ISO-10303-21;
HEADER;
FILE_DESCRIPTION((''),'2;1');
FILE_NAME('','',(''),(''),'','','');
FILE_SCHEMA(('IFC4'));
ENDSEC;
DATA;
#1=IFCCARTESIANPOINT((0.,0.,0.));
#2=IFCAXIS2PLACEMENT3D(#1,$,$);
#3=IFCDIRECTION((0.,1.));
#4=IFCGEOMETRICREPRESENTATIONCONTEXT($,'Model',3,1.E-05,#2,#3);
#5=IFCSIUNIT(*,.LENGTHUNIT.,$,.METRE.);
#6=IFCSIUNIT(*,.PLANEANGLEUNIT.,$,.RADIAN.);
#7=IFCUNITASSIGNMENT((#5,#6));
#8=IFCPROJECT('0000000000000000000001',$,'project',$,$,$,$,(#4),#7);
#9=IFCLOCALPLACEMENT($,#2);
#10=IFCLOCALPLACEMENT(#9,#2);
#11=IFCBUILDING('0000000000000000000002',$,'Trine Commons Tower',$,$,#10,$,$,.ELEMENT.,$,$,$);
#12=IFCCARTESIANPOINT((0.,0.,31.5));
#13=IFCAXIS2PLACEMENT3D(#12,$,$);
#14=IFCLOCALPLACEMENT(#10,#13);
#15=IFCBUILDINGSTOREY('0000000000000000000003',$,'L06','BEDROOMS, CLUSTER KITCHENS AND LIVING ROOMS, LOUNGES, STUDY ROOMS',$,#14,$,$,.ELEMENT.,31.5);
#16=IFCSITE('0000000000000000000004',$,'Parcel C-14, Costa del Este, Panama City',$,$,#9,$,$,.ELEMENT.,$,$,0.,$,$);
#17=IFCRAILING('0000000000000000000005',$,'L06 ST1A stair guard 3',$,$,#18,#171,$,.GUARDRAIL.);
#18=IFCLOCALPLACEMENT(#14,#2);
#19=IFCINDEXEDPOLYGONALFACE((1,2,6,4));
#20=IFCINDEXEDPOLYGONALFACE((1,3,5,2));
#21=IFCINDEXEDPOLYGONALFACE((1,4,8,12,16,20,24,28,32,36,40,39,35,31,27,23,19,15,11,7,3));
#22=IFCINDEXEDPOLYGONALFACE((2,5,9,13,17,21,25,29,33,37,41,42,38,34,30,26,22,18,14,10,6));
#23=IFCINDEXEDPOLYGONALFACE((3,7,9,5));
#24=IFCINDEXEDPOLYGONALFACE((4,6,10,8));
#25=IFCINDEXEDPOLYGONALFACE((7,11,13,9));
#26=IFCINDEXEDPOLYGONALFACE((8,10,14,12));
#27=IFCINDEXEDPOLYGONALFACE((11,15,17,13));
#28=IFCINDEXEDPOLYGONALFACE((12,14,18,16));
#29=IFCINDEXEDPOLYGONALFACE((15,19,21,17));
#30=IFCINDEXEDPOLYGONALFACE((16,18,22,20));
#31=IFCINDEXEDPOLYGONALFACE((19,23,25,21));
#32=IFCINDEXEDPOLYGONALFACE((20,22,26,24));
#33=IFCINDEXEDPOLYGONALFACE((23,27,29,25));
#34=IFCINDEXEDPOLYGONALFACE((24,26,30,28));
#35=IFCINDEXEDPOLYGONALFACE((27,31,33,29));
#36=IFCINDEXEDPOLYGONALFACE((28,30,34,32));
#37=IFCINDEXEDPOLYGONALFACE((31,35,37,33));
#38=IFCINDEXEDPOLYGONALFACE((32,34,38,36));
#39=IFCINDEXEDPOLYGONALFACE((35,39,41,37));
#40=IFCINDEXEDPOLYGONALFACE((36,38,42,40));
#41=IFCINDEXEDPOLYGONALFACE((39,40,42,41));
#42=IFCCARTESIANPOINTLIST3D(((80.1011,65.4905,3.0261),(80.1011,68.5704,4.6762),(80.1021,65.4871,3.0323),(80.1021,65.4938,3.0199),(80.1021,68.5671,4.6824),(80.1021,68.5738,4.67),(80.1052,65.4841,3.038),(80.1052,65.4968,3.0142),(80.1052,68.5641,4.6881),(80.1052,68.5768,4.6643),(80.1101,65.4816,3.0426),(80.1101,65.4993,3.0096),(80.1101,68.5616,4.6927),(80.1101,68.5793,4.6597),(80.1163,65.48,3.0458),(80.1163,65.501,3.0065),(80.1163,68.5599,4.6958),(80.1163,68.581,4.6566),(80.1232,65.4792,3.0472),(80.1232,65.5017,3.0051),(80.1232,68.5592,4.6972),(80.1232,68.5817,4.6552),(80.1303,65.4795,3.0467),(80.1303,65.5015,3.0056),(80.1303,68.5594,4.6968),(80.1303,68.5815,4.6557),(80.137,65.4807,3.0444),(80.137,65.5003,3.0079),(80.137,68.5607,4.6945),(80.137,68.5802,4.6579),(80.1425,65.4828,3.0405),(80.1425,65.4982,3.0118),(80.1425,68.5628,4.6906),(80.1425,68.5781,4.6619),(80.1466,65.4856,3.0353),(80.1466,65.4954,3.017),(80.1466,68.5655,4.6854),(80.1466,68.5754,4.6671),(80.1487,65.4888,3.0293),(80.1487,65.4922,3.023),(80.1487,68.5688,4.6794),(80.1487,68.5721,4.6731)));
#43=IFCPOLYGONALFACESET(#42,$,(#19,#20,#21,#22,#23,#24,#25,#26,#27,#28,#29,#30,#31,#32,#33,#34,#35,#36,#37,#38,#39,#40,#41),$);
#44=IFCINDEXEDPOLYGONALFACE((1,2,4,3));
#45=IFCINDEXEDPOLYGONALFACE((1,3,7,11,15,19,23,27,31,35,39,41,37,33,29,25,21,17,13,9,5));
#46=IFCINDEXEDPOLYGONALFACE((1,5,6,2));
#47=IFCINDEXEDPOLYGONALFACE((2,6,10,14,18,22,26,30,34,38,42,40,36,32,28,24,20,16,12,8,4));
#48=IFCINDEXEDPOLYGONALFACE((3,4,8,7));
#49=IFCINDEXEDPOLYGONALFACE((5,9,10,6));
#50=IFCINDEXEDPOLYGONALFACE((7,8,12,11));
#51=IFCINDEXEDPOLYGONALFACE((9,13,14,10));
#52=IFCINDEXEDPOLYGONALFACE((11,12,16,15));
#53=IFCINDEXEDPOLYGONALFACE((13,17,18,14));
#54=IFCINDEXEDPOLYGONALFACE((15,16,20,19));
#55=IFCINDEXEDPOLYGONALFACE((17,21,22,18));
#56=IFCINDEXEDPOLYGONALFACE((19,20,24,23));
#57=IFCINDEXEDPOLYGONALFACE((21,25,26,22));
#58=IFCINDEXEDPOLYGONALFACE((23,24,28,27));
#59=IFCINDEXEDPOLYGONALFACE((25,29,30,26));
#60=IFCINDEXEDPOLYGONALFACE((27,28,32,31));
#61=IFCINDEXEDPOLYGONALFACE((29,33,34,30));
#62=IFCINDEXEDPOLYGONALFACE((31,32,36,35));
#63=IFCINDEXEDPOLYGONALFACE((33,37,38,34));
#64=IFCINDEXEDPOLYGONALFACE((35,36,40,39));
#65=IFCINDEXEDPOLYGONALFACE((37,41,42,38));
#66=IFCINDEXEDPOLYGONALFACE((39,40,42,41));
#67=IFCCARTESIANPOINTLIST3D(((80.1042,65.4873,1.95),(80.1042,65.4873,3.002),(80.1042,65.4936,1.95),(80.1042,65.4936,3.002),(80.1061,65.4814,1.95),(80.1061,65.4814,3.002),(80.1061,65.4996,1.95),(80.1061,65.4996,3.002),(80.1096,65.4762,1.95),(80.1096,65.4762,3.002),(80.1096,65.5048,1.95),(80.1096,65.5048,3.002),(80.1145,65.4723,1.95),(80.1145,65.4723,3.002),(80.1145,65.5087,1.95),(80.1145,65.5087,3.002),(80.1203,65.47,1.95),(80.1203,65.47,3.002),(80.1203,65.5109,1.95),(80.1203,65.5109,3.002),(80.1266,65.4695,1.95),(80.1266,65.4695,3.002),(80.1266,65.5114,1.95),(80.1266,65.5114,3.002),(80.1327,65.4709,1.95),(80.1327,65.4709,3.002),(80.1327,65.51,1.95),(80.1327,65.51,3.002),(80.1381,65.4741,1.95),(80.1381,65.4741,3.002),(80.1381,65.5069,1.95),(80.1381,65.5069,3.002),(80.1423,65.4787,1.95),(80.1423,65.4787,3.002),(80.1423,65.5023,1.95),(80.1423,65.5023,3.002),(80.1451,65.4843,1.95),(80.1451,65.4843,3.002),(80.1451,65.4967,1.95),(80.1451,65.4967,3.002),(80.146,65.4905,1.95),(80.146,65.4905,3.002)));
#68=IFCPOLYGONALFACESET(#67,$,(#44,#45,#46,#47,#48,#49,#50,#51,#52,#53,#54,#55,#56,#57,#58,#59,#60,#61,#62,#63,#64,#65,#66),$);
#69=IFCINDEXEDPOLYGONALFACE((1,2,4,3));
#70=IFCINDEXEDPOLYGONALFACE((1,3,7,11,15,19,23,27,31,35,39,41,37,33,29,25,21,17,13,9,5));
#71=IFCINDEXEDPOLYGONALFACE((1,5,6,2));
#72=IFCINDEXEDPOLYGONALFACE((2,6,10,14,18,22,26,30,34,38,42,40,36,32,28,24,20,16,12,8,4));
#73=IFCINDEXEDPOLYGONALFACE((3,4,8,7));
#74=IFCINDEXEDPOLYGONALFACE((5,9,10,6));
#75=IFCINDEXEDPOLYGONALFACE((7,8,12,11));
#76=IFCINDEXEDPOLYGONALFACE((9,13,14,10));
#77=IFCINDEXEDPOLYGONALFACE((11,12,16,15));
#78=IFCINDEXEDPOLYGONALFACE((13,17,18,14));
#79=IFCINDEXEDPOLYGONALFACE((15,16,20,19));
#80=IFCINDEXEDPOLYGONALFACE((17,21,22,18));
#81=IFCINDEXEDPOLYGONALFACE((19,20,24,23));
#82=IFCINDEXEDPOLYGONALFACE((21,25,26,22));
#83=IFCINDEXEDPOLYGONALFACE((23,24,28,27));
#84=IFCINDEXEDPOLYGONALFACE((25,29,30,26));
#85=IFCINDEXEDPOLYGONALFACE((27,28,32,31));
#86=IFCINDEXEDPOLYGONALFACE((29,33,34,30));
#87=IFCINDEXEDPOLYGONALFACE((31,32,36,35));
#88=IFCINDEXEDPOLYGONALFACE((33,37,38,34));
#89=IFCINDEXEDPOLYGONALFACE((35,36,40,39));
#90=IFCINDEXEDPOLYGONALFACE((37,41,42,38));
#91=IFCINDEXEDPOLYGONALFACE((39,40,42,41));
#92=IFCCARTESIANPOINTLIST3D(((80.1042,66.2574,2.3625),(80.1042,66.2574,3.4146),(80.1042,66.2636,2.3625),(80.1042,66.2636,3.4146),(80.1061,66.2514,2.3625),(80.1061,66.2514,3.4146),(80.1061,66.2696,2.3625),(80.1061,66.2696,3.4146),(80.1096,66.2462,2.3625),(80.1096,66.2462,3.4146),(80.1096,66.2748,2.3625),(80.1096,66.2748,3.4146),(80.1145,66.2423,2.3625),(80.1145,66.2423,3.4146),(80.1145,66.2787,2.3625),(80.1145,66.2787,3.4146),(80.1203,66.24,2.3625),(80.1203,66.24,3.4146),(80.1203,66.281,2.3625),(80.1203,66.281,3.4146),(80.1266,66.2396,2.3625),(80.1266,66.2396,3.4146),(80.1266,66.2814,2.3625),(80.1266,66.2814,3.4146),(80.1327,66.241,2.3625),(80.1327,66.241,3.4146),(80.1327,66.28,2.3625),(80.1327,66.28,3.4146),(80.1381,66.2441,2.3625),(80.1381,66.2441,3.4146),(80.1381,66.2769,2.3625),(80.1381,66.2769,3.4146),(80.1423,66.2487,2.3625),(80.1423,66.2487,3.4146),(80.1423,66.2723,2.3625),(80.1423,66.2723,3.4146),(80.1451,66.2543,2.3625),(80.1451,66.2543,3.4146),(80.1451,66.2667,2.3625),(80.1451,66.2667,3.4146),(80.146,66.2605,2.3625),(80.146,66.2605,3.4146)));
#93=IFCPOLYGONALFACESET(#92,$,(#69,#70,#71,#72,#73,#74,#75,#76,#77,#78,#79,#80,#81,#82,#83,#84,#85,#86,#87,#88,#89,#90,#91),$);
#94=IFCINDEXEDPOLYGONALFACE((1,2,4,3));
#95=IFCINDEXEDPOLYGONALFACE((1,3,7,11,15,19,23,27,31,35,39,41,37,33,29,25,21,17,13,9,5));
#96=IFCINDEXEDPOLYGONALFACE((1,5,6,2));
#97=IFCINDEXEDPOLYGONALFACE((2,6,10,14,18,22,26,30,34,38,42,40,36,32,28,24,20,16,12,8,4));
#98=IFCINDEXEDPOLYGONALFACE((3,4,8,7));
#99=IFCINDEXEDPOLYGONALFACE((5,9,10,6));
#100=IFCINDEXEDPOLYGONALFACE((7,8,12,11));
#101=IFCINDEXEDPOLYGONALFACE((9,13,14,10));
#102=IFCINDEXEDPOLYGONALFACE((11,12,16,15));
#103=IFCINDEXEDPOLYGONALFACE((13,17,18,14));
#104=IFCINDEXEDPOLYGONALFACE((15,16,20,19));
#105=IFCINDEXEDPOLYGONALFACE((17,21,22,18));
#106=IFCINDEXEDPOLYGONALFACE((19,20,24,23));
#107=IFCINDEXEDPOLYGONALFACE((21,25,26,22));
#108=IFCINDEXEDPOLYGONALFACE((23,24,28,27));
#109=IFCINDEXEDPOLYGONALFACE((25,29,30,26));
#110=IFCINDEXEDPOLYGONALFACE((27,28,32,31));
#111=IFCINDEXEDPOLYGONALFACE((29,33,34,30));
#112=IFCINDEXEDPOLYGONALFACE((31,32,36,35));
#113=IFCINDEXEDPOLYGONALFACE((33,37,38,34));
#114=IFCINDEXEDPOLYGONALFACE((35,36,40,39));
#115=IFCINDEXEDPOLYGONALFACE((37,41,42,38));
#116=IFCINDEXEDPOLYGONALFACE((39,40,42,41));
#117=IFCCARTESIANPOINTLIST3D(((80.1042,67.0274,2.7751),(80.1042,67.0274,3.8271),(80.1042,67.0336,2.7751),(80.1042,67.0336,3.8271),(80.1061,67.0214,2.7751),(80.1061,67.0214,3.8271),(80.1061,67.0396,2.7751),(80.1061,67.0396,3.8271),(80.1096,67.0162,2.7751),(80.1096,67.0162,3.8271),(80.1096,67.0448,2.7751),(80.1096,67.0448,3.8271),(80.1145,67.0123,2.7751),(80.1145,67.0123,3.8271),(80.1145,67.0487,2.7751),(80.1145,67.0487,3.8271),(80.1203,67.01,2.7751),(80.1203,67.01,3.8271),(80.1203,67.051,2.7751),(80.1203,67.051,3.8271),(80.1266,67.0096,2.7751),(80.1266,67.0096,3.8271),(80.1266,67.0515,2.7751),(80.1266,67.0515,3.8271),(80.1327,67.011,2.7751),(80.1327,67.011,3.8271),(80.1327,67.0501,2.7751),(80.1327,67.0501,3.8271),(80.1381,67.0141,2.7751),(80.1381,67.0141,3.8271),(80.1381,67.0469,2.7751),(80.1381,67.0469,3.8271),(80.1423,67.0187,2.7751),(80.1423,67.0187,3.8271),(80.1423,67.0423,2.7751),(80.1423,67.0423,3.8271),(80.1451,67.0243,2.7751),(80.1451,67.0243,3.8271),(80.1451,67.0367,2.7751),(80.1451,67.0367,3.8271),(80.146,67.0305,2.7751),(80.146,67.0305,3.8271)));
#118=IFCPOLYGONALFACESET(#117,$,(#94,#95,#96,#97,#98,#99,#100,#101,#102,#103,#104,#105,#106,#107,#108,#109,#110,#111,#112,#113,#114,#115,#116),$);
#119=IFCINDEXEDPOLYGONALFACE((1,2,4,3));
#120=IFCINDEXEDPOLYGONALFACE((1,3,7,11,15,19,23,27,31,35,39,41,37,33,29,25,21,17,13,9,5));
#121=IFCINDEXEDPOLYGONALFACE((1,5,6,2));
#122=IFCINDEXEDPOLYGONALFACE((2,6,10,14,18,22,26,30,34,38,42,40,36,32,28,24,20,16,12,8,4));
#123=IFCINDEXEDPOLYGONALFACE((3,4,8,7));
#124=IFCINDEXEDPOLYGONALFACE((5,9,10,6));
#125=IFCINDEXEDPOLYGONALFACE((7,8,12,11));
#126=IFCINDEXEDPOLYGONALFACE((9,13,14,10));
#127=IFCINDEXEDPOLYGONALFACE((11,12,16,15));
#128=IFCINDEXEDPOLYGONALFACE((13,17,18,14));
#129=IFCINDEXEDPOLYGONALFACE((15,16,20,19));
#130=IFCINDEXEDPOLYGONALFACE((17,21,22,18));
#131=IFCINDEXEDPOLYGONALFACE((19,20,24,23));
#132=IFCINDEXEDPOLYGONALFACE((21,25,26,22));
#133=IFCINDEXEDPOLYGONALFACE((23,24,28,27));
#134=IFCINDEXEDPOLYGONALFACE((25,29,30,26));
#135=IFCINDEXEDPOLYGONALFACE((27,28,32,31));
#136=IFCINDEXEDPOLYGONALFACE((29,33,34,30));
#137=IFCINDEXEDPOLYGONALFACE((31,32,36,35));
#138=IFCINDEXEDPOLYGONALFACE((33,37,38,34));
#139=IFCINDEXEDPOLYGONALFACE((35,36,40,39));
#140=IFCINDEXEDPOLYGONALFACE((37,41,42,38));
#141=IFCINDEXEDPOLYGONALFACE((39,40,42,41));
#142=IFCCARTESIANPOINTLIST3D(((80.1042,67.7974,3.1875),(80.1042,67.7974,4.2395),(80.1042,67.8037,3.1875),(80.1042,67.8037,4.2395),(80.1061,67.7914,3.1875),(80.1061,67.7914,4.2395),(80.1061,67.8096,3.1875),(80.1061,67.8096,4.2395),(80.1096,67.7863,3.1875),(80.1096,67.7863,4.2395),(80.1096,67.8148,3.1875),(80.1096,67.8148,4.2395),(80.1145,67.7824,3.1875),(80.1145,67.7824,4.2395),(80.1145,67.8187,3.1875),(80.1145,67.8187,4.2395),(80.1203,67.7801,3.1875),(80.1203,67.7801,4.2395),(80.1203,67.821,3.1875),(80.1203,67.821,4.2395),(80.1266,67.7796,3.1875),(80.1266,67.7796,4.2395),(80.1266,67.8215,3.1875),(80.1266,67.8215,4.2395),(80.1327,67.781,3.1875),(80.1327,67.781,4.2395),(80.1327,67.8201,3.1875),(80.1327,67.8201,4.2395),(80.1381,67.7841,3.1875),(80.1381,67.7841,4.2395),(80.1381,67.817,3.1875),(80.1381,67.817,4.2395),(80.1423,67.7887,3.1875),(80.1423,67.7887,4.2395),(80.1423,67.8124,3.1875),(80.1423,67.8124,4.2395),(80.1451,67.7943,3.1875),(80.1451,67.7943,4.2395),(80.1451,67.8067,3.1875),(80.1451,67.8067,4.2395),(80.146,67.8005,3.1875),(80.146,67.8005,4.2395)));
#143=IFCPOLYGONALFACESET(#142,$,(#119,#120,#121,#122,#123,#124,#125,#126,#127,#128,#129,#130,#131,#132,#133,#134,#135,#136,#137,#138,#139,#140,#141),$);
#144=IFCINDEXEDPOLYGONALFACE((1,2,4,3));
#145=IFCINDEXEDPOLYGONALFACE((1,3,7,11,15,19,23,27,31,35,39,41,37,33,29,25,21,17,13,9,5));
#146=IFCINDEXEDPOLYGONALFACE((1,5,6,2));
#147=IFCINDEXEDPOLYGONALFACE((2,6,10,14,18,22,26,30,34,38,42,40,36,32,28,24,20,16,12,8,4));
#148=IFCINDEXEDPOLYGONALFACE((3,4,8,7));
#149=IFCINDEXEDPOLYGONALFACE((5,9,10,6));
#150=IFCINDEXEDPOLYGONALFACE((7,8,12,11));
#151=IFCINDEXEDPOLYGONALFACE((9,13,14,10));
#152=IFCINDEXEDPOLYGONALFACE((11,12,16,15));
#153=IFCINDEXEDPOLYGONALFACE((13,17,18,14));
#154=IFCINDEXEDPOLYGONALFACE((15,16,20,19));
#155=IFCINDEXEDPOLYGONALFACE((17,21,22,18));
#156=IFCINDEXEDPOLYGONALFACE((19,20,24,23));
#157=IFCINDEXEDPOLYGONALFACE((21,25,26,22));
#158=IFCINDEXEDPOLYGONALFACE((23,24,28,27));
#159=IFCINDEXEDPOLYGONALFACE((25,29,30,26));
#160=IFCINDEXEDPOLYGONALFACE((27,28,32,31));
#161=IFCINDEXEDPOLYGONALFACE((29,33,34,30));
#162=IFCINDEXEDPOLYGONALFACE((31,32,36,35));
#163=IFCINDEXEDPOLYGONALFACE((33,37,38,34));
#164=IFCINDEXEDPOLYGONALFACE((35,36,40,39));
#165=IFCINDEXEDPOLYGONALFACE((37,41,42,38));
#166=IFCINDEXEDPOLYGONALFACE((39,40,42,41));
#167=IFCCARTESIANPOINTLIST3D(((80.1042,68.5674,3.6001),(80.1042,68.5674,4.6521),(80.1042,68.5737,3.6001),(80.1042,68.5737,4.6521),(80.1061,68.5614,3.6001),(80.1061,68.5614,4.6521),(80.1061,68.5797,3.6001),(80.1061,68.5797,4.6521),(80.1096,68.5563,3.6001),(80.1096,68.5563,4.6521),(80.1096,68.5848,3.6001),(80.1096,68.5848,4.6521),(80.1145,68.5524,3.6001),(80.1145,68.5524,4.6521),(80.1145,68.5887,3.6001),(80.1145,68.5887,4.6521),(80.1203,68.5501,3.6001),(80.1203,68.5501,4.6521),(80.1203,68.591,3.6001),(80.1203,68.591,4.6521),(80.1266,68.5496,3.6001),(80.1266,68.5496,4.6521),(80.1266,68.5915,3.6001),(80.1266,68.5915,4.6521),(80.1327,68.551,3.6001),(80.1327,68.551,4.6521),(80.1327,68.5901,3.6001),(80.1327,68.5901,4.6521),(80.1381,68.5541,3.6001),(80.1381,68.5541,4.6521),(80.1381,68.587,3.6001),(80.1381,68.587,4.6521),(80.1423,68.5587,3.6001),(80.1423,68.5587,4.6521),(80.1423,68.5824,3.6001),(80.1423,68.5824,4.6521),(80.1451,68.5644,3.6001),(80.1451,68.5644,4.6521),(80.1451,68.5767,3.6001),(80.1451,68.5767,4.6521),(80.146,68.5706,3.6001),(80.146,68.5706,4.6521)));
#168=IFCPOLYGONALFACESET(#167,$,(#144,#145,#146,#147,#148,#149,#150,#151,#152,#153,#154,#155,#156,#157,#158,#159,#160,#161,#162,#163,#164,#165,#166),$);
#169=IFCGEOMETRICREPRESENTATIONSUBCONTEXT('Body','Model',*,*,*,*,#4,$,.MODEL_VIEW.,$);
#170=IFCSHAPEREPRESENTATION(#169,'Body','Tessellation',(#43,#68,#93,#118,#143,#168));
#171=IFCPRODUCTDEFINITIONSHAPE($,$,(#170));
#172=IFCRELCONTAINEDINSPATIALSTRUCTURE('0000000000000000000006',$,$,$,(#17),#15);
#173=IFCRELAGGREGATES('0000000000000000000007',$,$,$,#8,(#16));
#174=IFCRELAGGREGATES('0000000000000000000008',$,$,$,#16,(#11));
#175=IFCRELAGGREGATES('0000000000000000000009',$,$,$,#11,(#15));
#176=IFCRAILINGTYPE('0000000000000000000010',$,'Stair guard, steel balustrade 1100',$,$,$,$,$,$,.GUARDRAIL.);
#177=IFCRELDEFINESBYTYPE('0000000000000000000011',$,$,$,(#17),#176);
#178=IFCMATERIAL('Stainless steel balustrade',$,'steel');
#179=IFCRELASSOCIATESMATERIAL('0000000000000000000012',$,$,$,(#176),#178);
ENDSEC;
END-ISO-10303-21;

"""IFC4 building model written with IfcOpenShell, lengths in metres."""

from ifc_helpers import new_model, si_unit, direction, frame, origin, origin_2d, place, context, subcontext, project, spatial, circle, extrude, material, type_object, element, save


model = new_model("IFC4")

# Units and contexts
model_context = context("Model", 3, precision=1e-05, world=origin(), true_north=direction((0.0, 1.0)))
body_context = subcontext(model_context, "Body", "Model", "MODEL_VIEW")
ifc_project = project(units=[si_unit("LENGTHUNIT", "METRE"), si_unit("PLANEANGLEUNIT", "RADIAN")], contexts=[model_context])

# Site, building, storey
site_placement = place(None, origin())
site = spatial("IfcSite", under=ifc_project, at=site_placement, Name="Parcel C-14, Costa del Este, Panama City", CompositionType="ELEMENT", RefElevation=0.0)
building_placement = place(site_placement, origin())
building = spatial("IfcBuilding", under=site, at=building_placement, Name="Trine Commons Tower", CompositionType="ELEMENT")
storey_placement = place(building_placement, frame((0.0, 0.0, 31.5)))
storey = spatial("IfcBuildingStorey", under=building, at=storey_placement, Name="L06", Description="BEDROOMS, CLUSTER KITCHENS AND LIVING ROOMS, LOUNGES, STUDY ROOMS", CompositionType="ELEMENT", Elevation=31.5)

# Railing
ifc_material_1 = material(Name="Stainless steel balustrade", Category="steel")
railing_type_1 = type_object("IfcRailingType", Name="Stair guard, steel balustrade 1100", PredefinedType="GUARDRAIL", material=ifc_material_1)
railing_1_placement = place(storey_placement, frame((80.125, 65.4905, 1.95)))
element("IfcRailing", 1, at=railing_1_placement, inside=storey, type_object=railing_type_1, Name="L06 ST1A stair guard 3", PredefinedType="GUARDRAIL", context=body_context, shape_type="SweptSolid", body=[
    extrude(circle(Radius=0.0239, at=origin_2d()), frame((0.0, 0.0, 1.0762), z_axis=(0.0, 0.881468, 0.472245), x_axis=(-1.0, 0.0, 0.0)), (0.0, 0.0, 1.0), 3.4941),
    extrude(circle(Radius=0.021, at=origin_2d()), origin(), (0.0, 0.0, 1.0), 1.052),
    extrude(circle(Radius=0.021, at=origin_2d()), frame((0.0, 0.77, 0.4126)), (0.0, 0.0, 1.0), 1.052),
    extrude(circle(Radius=0.021, at=origin_2d()), frame((0.0, 1.54, 0.8252)), (0.0, 0.0, 1.0), 1.052),
    extrude(circle(Radius=0.021, at=origin_2d()), frame((0.0, 2.3101, 1.2375)), (0.0, 0.0, 1.0), 1.052),
    extrude(circle(Radius=0.021, at=origin_2d()), frame((0.0, 3.0801, 1.6501)), (0.0, 0.0, 1.0), 1.052),
])

save(model, "model.ifc")
